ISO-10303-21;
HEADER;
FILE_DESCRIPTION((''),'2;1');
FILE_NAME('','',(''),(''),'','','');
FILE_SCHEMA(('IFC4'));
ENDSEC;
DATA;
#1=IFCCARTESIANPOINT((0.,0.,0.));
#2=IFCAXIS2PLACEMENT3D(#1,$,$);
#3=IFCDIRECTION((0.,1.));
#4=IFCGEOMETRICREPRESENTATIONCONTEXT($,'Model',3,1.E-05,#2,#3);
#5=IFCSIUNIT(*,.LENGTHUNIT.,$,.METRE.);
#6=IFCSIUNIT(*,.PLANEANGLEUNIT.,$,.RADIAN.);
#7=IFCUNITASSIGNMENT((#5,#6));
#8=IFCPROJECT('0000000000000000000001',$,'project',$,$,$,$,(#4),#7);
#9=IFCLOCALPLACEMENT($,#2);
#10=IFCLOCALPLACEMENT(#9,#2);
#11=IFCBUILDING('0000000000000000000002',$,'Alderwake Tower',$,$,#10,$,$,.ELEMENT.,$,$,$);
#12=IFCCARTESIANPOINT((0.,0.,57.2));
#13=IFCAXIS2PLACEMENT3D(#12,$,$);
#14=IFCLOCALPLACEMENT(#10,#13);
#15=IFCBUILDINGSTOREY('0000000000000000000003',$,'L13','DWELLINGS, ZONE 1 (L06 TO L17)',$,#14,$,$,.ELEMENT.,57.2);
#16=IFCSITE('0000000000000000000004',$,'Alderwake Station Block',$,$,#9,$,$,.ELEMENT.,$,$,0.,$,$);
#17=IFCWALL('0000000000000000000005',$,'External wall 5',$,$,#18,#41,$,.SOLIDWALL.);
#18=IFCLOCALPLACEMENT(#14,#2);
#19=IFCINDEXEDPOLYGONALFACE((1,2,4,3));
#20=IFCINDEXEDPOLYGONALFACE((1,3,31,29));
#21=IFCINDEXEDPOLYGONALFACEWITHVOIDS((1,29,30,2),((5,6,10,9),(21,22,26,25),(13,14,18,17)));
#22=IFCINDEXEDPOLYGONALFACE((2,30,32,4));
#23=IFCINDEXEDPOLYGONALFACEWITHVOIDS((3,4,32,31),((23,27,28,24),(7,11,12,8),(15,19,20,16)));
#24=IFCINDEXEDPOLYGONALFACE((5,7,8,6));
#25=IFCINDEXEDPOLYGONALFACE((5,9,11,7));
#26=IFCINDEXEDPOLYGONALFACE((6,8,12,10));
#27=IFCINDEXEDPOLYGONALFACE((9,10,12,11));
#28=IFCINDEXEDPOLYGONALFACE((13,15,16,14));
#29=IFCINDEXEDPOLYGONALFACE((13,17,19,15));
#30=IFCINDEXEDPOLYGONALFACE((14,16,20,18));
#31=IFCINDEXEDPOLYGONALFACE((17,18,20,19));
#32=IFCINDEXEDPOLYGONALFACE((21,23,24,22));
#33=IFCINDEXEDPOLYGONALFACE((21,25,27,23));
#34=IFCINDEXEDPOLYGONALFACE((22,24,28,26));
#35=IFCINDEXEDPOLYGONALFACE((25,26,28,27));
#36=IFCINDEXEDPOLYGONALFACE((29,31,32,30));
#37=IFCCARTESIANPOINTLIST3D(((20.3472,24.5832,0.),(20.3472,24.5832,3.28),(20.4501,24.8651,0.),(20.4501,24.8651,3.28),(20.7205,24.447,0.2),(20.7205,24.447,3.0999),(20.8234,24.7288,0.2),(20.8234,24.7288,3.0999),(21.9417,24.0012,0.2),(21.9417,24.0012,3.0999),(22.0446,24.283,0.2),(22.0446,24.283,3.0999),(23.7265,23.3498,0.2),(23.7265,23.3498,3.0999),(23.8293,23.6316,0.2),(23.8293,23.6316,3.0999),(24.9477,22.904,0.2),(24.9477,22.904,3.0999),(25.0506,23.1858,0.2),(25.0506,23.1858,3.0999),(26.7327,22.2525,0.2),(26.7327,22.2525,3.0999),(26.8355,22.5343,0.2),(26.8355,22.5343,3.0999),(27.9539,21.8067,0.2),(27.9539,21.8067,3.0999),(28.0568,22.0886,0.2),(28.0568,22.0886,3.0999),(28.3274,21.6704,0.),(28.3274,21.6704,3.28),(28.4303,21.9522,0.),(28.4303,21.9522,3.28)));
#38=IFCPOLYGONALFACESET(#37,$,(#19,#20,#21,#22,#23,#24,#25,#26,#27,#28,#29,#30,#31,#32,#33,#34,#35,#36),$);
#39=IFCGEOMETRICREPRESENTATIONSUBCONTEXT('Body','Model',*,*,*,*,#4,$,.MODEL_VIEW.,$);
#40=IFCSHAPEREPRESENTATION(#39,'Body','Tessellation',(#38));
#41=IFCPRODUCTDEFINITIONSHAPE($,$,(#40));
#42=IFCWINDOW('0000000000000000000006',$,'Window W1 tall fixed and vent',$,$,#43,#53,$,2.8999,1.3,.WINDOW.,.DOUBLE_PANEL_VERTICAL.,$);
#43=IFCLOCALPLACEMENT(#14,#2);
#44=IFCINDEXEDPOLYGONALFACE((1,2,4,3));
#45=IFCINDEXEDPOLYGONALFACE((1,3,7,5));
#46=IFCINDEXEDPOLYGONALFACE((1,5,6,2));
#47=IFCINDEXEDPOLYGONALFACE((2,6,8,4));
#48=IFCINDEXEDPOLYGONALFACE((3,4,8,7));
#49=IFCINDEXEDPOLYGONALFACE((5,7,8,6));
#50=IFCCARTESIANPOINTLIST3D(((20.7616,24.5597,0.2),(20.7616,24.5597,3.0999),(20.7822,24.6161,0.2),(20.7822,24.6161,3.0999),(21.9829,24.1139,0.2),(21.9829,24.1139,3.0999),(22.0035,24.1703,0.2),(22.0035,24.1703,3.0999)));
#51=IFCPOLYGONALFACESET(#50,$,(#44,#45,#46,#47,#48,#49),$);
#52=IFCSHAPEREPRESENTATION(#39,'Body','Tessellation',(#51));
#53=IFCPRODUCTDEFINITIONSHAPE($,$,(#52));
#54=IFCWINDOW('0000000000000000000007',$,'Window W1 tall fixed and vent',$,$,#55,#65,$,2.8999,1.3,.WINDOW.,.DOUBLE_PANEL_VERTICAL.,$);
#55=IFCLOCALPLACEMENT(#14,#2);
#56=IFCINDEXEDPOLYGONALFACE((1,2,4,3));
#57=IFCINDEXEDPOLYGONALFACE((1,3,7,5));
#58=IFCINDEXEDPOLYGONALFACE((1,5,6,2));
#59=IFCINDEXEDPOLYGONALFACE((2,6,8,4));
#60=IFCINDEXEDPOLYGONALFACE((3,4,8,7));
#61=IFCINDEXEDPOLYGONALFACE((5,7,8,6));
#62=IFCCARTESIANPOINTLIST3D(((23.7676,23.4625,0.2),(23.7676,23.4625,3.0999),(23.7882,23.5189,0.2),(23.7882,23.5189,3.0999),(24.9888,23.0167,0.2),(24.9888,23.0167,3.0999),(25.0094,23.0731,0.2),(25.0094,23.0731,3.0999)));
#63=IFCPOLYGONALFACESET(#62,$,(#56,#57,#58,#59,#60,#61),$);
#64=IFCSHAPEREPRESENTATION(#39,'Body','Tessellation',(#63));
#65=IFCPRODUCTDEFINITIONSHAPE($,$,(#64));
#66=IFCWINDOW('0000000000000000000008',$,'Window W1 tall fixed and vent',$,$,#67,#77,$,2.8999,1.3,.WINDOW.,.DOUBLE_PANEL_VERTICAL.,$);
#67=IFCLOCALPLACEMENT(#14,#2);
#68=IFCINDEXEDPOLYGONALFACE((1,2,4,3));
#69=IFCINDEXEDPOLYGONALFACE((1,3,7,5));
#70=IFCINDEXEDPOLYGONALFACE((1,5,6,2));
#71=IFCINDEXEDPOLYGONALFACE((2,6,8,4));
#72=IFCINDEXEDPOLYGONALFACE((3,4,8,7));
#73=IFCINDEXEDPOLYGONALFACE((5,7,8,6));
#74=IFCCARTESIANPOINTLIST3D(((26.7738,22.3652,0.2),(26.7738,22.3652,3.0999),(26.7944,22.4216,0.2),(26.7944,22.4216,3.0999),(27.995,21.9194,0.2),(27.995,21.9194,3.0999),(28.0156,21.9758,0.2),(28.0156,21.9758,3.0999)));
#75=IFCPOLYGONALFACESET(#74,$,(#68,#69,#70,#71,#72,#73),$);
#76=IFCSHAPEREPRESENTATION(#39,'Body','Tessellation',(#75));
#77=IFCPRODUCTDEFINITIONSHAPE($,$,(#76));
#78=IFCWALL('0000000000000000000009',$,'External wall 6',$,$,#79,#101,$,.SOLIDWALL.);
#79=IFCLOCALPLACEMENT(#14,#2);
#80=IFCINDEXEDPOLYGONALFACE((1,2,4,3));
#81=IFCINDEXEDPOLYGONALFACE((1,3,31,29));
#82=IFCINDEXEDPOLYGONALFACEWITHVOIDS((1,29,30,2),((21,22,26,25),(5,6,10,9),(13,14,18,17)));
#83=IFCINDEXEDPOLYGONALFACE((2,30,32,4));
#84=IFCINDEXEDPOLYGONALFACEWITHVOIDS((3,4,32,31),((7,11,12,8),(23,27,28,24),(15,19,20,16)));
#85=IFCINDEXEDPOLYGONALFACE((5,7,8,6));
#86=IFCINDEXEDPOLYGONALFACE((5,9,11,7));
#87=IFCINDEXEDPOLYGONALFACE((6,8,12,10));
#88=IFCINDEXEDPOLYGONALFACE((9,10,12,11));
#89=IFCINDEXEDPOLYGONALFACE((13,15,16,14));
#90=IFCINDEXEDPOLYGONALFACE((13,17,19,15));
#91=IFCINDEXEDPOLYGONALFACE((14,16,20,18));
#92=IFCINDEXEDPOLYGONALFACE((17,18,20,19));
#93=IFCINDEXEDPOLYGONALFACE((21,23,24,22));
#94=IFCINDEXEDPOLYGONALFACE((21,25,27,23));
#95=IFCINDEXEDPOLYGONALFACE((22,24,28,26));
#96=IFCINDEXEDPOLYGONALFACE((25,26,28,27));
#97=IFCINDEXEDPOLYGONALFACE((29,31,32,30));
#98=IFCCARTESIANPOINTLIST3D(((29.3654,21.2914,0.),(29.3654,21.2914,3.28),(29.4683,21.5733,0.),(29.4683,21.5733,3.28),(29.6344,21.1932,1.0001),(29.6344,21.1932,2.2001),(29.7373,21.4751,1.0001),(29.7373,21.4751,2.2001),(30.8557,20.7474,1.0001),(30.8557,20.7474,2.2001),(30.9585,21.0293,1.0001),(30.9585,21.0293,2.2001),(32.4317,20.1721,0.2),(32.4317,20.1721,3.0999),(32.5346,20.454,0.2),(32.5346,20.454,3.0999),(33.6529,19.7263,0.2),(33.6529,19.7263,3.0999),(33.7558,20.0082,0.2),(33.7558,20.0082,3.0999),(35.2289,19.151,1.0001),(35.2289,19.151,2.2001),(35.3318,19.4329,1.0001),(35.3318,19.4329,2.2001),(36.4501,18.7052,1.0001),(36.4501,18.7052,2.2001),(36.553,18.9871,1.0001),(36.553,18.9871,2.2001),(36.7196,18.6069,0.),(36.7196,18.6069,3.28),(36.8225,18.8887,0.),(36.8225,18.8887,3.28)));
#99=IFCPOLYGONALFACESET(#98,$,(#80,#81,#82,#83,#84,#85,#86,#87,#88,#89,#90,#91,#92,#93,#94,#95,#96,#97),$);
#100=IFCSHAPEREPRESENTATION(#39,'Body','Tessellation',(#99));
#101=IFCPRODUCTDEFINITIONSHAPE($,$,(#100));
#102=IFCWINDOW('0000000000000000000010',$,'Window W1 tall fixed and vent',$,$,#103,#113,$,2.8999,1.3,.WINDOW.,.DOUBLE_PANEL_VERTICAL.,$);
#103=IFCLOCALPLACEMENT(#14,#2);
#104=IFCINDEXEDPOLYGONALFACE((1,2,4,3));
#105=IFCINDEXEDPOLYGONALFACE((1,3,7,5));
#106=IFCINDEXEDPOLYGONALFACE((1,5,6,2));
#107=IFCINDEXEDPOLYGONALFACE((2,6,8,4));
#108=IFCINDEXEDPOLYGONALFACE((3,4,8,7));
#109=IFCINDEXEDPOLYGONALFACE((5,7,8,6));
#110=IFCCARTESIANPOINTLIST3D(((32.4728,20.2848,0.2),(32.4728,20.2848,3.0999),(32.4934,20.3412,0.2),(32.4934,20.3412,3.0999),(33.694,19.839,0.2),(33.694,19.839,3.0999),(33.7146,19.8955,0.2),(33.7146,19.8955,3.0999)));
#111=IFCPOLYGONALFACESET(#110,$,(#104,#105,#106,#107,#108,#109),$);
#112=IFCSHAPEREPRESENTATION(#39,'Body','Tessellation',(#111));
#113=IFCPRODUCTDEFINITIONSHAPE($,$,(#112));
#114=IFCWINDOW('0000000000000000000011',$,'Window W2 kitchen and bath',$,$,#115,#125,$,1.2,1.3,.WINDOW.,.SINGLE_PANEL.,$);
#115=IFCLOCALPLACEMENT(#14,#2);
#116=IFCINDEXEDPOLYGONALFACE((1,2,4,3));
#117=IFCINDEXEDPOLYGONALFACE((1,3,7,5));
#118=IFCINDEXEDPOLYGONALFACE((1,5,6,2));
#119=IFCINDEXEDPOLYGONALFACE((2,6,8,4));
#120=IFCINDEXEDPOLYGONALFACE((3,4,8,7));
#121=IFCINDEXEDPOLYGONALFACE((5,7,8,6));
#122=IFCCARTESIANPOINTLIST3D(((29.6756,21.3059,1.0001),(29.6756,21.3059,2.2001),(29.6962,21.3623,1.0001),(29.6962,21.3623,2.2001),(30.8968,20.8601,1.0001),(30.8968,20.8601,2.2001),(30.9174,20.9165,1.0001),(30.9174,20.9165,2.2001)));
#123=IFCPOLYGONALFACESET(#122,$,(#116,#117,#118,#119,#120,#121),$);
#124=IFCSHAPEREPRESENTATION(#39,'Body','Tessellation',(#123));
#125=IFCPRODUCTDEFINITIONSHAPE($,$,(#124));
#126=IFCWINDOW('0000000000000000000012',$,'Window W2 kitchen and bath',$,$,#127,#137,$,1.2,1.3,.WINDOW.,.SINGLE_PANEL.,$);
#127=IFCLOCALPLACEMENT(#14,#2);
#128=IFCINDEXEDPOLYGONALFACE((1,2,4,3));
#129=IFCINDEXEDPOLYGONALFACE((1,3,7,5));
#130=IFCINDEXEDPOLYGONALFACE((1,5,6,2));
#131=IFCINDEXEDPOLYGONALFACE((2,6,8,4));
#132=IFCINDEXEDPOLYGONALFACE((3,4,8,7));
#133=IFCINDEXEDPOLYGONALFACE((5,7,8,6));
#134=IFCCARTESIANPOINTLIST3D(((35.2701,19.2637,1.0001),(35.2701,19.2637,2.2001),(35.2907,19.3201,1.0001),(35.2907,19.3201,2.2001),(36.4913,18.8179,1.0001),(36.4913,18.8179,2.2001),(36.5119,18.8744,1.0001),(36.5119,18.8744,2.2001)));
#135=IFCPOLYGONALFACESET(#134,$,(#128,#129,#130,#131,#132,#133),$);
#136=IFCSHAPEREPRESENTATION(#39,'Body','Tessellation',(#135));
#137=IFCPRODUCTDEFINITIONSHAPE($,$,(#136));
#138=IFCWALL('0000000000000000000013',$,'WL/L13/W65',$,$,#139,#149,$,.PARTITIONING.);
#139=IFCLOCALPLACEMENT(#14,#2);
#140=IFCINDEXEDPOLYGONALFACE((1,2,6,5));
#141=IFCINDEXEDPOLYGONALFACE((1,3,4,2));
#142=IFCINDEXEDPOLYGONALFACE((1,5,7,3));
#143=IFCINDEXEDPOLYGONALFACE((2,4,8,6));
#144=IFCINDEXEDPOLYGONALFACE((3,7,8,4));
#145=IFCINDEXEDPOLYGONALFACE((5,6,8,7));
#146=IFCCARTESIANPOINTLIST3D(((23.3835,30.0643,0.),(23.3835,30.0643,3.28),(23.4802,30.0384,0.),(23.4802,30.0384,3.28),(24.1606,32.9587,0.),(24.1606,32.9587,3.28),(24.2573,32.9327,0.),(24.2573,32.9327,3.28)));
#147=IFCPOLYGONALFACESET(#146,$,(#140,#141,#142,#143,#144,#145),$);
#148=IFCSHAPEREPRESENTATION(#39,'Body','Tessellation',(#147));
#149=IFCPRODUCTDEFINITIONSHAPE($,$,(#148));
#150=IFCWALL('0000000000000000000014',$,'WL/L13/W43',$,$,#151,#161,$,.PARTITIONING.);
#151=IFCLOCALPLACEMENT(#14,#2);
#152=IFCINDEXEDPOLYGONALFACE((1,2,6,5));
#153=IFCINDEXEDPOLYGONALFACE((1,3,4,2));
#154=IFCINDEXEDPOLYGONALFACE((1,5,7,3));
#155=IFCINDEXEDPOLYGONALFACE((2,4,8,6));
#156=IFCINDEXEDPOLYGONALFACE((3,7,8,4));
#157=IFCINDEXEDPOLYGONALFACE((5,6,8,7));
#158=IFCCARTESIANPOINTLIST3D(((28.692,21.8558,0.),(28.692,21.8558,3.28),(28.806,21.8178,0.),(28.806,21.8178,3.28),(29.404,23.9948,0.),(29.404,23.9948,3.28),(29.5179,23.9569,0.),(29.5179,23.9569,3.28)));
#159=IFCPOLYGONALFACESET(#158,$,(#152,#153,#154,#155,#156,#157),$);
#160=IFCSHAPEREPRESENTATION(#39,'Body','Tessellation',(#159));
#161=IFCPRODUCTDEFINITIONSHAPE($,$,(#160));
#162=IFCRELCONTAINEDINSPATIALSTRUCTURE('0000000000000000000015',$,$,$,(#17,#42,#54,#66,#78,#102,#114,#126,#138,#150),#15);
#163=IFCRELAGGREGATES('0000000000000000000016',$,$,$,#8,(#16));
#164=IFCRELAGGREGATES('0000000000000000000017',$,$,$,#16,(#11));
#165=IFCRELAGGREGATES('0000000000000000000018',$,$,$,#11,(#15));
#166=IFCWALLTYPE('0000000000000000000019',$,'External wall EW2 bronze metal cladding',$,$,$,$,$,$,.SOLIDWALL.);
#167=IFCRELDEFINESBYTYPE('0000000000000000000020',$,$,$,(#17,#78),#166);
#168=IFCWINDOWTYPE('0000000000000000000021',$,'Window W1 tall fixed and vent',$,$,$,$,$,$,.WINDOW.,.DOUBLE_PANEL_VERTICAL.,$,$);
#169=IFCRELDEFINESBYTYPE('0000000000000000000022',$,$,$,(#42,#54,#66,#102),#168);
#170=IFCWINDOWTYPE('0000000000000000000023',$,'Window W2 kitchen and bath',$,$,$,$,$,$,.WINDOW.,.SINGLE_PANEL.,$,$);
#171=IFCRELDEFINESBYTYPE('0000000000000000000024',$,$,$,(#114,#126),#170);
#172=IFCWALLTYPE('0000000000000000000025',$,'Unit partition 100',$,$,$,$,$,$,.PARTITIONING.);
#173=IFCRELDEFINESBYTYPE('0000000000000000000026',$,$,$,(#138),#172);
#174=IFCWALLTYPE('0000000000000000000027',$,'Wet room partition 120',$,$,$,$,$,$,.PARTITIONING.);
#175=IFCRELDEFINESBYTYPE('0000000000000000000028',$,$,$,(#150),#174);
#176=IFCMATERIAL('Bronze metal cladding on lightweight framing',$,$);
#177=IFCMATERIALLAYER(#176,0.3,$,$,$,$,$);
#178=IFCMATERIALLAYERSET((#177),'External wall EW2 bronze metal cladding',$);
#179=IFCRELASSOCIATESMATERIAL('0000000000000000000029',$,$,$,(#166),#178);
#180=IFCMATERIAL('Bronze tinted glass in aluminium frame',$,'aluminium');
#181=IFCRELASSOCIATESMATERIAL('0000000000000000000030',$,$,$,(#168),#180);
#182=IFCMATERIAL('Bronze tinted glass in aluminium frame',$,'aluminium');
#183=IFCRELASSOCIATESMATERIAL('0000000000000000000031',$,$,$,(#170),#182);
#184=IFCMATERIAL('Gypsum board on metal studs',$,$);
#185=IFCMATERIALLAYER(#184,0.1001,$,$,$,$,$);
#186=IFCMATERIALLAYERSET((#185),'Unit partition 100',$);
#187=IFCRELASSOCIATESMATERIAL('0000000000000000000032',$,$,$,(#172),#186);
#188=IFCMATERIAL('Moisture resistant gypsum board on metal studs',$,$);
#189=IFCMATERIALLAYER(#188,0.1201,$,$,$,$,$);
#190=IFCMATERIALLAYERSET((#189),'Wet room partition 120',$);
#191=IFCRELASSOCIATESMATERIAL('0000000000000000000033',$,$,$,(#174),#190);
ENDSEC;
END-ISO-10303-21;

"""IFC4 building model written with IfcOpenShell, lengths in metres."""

from ifc_helpers import new_model, si_unit, direction, frame, frame_2d, origin, place, context, subcontext, project, spatial, rectangle, extrude, material, layer, layer_set, type_object, element, fill, save


model = new_model("IFC4")

# Units and contexts
model_context = context("Model", 3, precision=1e-05, world=origin(), true_north=direction((0.0, 1.0)))
body_context = subcontext(model_context, "Body", "Model", "MODEL_VIEW")
ifc_project = project(units=[si_unit("LENGTHUNIT", "METRE"), si_unit("PLANEANGLEUNIT", "RADIAN")], contexts=[model_context])

# Site, building, storey
site_placement = place(None, origin())
site = spatial("IfcSite", under=ifc_project, at=site_placement, Name="Alderwake Station Block", CompositionType="ELEMENT", RefElevation=0.0)
building_placement = place(site_placement, origin())
building = spatial("IfcBuilding", under=site, at=building_placement, Name="Alderwake Tower", CompositionType="ELEMENT")
storey_placement = place(building_placement, frame((0.0, 0.0, 57.2)))
storey = spatial("IfcBuildingStorey", under=building, at=storey_placement, Name="L13", Description="DWELLINGS, ZONE 1 (L06 TO L17)", CompositionType="ELEMENT", Elevation=57.2)

# Shared definitions
ifc_material_1 = material(Name="Bronze metal cladding on lightweight framing")
ifc_layer_1 = layer(ifc_material_1, 0.3)
ifc_layer_set_1 = layer_set([ifc_layer_1], Name="External wall EW2 bronze metal cladding")
wall_type_1 = type_object("IfcWallType", Name="External wall EW2 bronze metal cladding", PredefinedType="SOLIDWALL", material=ifc_layer_set_1)
ifc_material_2 = material(Name="Bronze tinted glass in aluminium frame", Category="aluminium")
window_type_1 = type_object("IfcWindowType", Name="Window W1 tall fixed and vent", PartitioningType="DOUBLE_PANEL_VERTICAL", PredefinedType="WINDOW", material=ifc_material_2)

# Walls, openings, windows
wall_1_placement = place(storey_placement, frame((20.3987, 24.7241, 0.0), z_axis=(0.0, 0.0, 1.0), x_axis=(0.939379, -0.34288, 0.0)))
wall_1 = element("IfcWall", 1, at=wall_1_placement, inside=storey, type_object=wall_type_1, Name="External wall 5", PredefinedType="SOLIDWALL", context=body_context, shape_type="SweptSolid", body=[
    extrude(rectangle(XDim=8.4951, YDim=0.3, at=frame_2d((4.2476, 0.0))), origin(), (0.0, 0.0, 1.0), 3.28),
])
opening_1_placement = place(wall_1_placement, frame((0.3975, 0.0, 0.2)))
opening_1 = element("IfcOpeningElement", 2, at=opening_1_placement, cuts=wall_1, PredefinedType="OPENING", context=body_context, shape_type="SweptSolid", body=[
    extrude(rectangle(XDim=1.3, YDim=2.8999, at=frame_2d((0.6499, 1.45))), frame((0.0, 0.1599, 0.0), z_axis=(0.0, -1.0, 0.0), x_axis=(1.0, 0.0, 0.0)), (0.0, 0.0, 1.0), 0.3201),
])
opening_2_placement = place(wall_1_placement, frame((3.5974, 0.0, 0.2)))
opening_2 = element("IfcOpeningElement", 3, at=opening_2_placement, cuts=wall_1, PredefinedType="OPENING", context=body_context, shape_type="SweptSolid", body=[
    extrude(rectangle(XDim=1.3, YDim=2.8999, at=frame_2d((0.6499, 1.45))), frame((0.0, 0.1599, 0.0), z_axis=(0.0, -1.0, 0.0), x_axis=(1.0, 0.0, 0.0)), (0.0, 0.0, 1.0), 0.3201),
])
opening_3_placement = place(wall_1_placement, frame((6.7976, 0.0, 0.2)))
opening_3 = element("IfcOpeningElement", 4, at=opening_3_placement, cuts=wall_1, PredefinedType="OPENING", context=body_context, shape_type="SweptSolid", body=[
    extrude(rectangle(XDim=1.3, YDim=2.8999, at=frame_2d((0.6499, 1.45))), frame((0.0, 0.1599, 0.0), z_axis=(0.0, -1.0, 0.0), x_axis=(1.0, 0.0, 0.0)), (0.0, 0.0, 1.0), 0.3201),
])
window_1_placement = place(opening_1_placement, origin())
window_1 = element("IfcWindow", 5, at=window_1_placement, inside=storey, type_object=window_type_1, Name="Window W1 tall fixed and vent", OverallHeight=2.8999, OverallWidth=1.3, PartitioningType="DOUBLE_PANEL_VERTICAL", PredefinedType="WINDOW", context=body_context, shape_type="SweptSolid", body=[
    extrude(rectangle(XDim=1.3, YDim=2.8999, at=frame_2d((0.6499, 1.45))), frame((0.0, 0.03, 0.0), z_axis=(0.0, -1.0, 0.0), x_axis=(1.0, 0.0, 0.0)), (0.0, 0.0, 1.0), 0.0601),
])
fill(opening_1, window_1)
window_2_placement = place(opening_2_placement, origin())
window_2 = element("IfcWindow", 6, at=window_2_placement, inside=storey, type_object=window_type_1, Name="Window W1 tall fixed and vent", OverallHeight=2.8999, OverallWidth=1.3, PartitioningType="DOUBLE_PANEL_VERTICAL", PredefinedType="WINDOW", context=body_context, shape_type="SweptSolid", body=[
    extrude(rectangle(XDim=1.3, YDim=2.8999, at=frame_2d((0.6499, 1.45))), frame((0.0, 0.03, 0.0), z_axis=(0.0, -1.0, 0.0), x_axis=(1.0, 0.0, 0.0)), (0.0, 0.0, 1.0), 0.0601),
])
fill(opening_2, window_2)
window_3_placement = place(opening_3_placement, origin())
window_3 = element("IfcWindow", 7, at=window_3_placement, inside=storey, type_object=window_type_1, Name="Window W1 tall fixed and vent", OverallHeight=2.8999, OverallWidth=1.3, PartitioningType="DOUBLE_PANEL_VERTICAL", PredefinedType="WINDOW", context=body_context, shape_type="SweptSolid", body=[
    extrude(rectangle(XDim=1.3, YDim=2.8999, at=frame_2d((0.6499, 1.45))), frame((0.0, 0.03, 0.0), z_axis=(0.0, -1.0, 0.0), x_axis=(1.0, 0.0, 0.0)), (0.0, 0.0, 1.0), 0.0601),
])
fill(opening_3, window_3)
wall_2_placement = place(storey_placement, frame((29.4167, 21.4324, 0.0), z_axis=(0.0, 0.0, 1.0), x_axis=(0.93937, -0.342905, 0.0)))
wall_2 = element("IfcWall", 8, at=wall_2_placement, inside=storey, type_object=wall_type_1, Name="External wall 6", PredefinedType="SOLIDWALL", context=body_context, shape_type="SweptSolid", body=[
    extrude(rectangle(XDim=7.8289, YDim=0.3, at=frame_2d((3.9146, 0.0))), origin(), (0.0, 0.0, 1.0), 3.28),
])
opening_4_placement = place(wall_2_placement, frame((0.2866, 0.0, 1.0)))
opening_4 = element("IfcOpeningElement", 9, at=opening_4_placement, cuts=wall_2, PredefinedType="OPENING", context=body_context, shape_type="SweptSolid", body=[
    extrude(rectangle(XDim=1.3, YDim=1.2, at=frame_2d((0.6499, 0.6001))), frame((0.0, 0.1599, 0.0), z_axis=(0.0, -1.0, 0.0), x_axis=(1.0, 0.0, 0.0)), (0.0, 0.0, 1.0), 0.3201),
])
opening_5_placement = place(wall_2_placement, frame((3.2644, 0.0, 0.2)))
opening_5 = element("IfcOpeningElement", 10, at=opening_5_placement, cuts=wall_2, PredefinedType="OPENING", context=body_context, shape_type="SweptSolid", body=[
    extrude(rectangle(XDim=1.3, YDim=2.8999, at=frame_2d((0.6499, 1.45))), frame((0.0, 0.1599, 0.0), z_axis=(0.0, -1.0, 0.0), x_axis=(1.0, 0.0, 0.0)), (0.0, 0.0, 1.0), 0.3201),
])
opening_6_placement = place(wall_2_placement, frame((6.2422, 0.0, 1.0)))
opening_6 = element("IfcOpeningElement", 11, at=opening_6_placement, cuts=wall_2, PredefinedType="OPENING", context=body_context, shape_type="SweptSolid", body=[
    extrude(rectangle(XDim=1.3, YDim=1.2, at=frame_2d((0.6499, 0.6001))), frame((0.0, 0.1599, 0.0), z_axis=(0.0, -1.0, 0.0), x_axis=(1.0, 0.0, 0.0)), (0.0, 0.0, 1.0), 0.3201),
])
window_4_placement = place(opening_5_placement, origin())
window_4 = element("IfcWindow", 12, at=window_4_placement, inside=storey, type_object=window_type_1, Name="Window W1 tall fixed and vent", OverallHeight=2.8999, OverallWidth=1.3, PartitioningType="DOUBLE_PANEL_VERTICAL", PredefinedType="WINDOW", context=body_context, shape_type="SweptSolid", body=[
    extrude(rectangle(XDim=1.3, YDim=2.8999, at=frame_2d((0.6499, 1.45))), frame((0.0, 0.03, 0.0), z_axis=(0.0, -1.0, 0.0), x_axis=(1.0, 0.0, 0.0)), (0.0, 0.0, 1.0), 0.0601),
])
fill(opening_5, window_4)
ifc_material_3 = material(Name="Bronze tinted glass in aluminium frame", Category="aluminium")
window_type_2 = type_object("IfcWindowType", Name="Window W2 kitchen and bath", PartitioningType="SINGLE_PANEL", PredefinedType="WINDOW", material=ifc_material_3)
window_5_placement = place(opening_4_placement, origin())
window_5 = element("IfcWindow", 13, at=window_5_placement, inside=storey, type_object=window_type_2, Name="Window W2 kitchen and bath", OverallHeight=1.2, OverallWidth=1.3, PartitioningType="SINGLE_PANEL", PredefinedType="WINDOW", context=body_context, shape_type="SweptSolid", body=[
    extrude(rectangle(XDim=1.3, YDim=1.2, at=frame_2d((0.6499, 0.6001))), frame((0.0, 0.03, 0.0), z_axis=(0.0, -1.0, 0.0), x_axis=(1.0, 0.0, 0.0)), (0.0, 0.0, 1.0), 0.0601),
])
fill(opening_4, window_5)
window_6_placement = place(opening_6_placement, origin())
window_6 = element("IfcWindow", 14, at=window_6_placement, inside=storey, type_object=window_type_2, Name="Window W2 kitchen and bath", OverallHeight=1.2, OverallWidth=1.3, PartitioningType="SINGLE_PANEL", PredefinedType="WINDOW", context=body_context, shape_type="SweptSolid", body=[
    extrude(rectangle(XDim=1.3, YDim=1.2, at=frame_2d((0.6499, 0.6001))), frame((0.0, 0.03, 0.0), z_axis=(0.0, -1.0, 0.0), x_axis=(1.0, 0.0, 0.0)), (0.0, 0.0, 1.0), 0.0601),
])
fill(opening_6, window_6)

# Walls
ifc_material_4 = material(Name="Gypsum board on metal studs")
ifc_layer_2 = layer(ifc_material_4, 0.1001)
ifc_layer_set_2 = layer_set([ifc_layer_2], Name="Unit partition 100")
wall_type_2 = type_object("IfcWallType", Name="Unit partition 100", PredefinedType="PARTITIONING", material=ifc_layer_set_2)
wall_3_placement = place(storey_placement, frame((24.209, 32.9458, 0.0), z_axis=(0.0, 0.0, 1.0), x_axis=(-0.25931, -0.965794, 0.0)))
element("IfcWall", 15, at=wall_3_placement, inside=storey, type_object=wall_type_2, Name="WL/L13/W65", PredefinedType="PARTITIONING", context=body_context, shape_type="SweptSolid", body=[
    extrude(rectangle(XDim=2.9968, YDim=0.1001, at=frame_2d((1.4985, 0.0))), origin(), (0.0, 0.0, 1.0), 3.28),
])
ifc_material_5 = material(Name="Moisture resistant gypsum board on metal studs")
ifc_layer_3 = layer(ifc_material_5, 0.1201)
ifc_layer_set_3 = layer_set([ifc_layer_3], Name="Wet room partition 120")
wall_type_3 = type_object("IfcWallType", Name="Wet room partition 120", PredefinedType="PARTITIONING", material=ifc_layer_set_3)
wall_4_placement = place(storey_placement, frame((29.4609, 23.9758, 0.0), z_axis=(0.0, 0.0, 1.0), x_axis=(-0.315805, -0.948824, 0.0)))
element("IfcWall", 16, at=wall_4_placement, inside=storey, type_object=wall_type_3, Name="WL/L13/W43", PredefinedType="PARTITIONING", context=body_context, shape_type="SweptSolid", body=[
    extrude(rectangle(XDim=2.2544, YDim=0.1201, at=frame_2d((1.1272, 0.0))), origin(), (0.0, 0.0, 1.0), 3.28),
])

save(model, "model.ifc")
